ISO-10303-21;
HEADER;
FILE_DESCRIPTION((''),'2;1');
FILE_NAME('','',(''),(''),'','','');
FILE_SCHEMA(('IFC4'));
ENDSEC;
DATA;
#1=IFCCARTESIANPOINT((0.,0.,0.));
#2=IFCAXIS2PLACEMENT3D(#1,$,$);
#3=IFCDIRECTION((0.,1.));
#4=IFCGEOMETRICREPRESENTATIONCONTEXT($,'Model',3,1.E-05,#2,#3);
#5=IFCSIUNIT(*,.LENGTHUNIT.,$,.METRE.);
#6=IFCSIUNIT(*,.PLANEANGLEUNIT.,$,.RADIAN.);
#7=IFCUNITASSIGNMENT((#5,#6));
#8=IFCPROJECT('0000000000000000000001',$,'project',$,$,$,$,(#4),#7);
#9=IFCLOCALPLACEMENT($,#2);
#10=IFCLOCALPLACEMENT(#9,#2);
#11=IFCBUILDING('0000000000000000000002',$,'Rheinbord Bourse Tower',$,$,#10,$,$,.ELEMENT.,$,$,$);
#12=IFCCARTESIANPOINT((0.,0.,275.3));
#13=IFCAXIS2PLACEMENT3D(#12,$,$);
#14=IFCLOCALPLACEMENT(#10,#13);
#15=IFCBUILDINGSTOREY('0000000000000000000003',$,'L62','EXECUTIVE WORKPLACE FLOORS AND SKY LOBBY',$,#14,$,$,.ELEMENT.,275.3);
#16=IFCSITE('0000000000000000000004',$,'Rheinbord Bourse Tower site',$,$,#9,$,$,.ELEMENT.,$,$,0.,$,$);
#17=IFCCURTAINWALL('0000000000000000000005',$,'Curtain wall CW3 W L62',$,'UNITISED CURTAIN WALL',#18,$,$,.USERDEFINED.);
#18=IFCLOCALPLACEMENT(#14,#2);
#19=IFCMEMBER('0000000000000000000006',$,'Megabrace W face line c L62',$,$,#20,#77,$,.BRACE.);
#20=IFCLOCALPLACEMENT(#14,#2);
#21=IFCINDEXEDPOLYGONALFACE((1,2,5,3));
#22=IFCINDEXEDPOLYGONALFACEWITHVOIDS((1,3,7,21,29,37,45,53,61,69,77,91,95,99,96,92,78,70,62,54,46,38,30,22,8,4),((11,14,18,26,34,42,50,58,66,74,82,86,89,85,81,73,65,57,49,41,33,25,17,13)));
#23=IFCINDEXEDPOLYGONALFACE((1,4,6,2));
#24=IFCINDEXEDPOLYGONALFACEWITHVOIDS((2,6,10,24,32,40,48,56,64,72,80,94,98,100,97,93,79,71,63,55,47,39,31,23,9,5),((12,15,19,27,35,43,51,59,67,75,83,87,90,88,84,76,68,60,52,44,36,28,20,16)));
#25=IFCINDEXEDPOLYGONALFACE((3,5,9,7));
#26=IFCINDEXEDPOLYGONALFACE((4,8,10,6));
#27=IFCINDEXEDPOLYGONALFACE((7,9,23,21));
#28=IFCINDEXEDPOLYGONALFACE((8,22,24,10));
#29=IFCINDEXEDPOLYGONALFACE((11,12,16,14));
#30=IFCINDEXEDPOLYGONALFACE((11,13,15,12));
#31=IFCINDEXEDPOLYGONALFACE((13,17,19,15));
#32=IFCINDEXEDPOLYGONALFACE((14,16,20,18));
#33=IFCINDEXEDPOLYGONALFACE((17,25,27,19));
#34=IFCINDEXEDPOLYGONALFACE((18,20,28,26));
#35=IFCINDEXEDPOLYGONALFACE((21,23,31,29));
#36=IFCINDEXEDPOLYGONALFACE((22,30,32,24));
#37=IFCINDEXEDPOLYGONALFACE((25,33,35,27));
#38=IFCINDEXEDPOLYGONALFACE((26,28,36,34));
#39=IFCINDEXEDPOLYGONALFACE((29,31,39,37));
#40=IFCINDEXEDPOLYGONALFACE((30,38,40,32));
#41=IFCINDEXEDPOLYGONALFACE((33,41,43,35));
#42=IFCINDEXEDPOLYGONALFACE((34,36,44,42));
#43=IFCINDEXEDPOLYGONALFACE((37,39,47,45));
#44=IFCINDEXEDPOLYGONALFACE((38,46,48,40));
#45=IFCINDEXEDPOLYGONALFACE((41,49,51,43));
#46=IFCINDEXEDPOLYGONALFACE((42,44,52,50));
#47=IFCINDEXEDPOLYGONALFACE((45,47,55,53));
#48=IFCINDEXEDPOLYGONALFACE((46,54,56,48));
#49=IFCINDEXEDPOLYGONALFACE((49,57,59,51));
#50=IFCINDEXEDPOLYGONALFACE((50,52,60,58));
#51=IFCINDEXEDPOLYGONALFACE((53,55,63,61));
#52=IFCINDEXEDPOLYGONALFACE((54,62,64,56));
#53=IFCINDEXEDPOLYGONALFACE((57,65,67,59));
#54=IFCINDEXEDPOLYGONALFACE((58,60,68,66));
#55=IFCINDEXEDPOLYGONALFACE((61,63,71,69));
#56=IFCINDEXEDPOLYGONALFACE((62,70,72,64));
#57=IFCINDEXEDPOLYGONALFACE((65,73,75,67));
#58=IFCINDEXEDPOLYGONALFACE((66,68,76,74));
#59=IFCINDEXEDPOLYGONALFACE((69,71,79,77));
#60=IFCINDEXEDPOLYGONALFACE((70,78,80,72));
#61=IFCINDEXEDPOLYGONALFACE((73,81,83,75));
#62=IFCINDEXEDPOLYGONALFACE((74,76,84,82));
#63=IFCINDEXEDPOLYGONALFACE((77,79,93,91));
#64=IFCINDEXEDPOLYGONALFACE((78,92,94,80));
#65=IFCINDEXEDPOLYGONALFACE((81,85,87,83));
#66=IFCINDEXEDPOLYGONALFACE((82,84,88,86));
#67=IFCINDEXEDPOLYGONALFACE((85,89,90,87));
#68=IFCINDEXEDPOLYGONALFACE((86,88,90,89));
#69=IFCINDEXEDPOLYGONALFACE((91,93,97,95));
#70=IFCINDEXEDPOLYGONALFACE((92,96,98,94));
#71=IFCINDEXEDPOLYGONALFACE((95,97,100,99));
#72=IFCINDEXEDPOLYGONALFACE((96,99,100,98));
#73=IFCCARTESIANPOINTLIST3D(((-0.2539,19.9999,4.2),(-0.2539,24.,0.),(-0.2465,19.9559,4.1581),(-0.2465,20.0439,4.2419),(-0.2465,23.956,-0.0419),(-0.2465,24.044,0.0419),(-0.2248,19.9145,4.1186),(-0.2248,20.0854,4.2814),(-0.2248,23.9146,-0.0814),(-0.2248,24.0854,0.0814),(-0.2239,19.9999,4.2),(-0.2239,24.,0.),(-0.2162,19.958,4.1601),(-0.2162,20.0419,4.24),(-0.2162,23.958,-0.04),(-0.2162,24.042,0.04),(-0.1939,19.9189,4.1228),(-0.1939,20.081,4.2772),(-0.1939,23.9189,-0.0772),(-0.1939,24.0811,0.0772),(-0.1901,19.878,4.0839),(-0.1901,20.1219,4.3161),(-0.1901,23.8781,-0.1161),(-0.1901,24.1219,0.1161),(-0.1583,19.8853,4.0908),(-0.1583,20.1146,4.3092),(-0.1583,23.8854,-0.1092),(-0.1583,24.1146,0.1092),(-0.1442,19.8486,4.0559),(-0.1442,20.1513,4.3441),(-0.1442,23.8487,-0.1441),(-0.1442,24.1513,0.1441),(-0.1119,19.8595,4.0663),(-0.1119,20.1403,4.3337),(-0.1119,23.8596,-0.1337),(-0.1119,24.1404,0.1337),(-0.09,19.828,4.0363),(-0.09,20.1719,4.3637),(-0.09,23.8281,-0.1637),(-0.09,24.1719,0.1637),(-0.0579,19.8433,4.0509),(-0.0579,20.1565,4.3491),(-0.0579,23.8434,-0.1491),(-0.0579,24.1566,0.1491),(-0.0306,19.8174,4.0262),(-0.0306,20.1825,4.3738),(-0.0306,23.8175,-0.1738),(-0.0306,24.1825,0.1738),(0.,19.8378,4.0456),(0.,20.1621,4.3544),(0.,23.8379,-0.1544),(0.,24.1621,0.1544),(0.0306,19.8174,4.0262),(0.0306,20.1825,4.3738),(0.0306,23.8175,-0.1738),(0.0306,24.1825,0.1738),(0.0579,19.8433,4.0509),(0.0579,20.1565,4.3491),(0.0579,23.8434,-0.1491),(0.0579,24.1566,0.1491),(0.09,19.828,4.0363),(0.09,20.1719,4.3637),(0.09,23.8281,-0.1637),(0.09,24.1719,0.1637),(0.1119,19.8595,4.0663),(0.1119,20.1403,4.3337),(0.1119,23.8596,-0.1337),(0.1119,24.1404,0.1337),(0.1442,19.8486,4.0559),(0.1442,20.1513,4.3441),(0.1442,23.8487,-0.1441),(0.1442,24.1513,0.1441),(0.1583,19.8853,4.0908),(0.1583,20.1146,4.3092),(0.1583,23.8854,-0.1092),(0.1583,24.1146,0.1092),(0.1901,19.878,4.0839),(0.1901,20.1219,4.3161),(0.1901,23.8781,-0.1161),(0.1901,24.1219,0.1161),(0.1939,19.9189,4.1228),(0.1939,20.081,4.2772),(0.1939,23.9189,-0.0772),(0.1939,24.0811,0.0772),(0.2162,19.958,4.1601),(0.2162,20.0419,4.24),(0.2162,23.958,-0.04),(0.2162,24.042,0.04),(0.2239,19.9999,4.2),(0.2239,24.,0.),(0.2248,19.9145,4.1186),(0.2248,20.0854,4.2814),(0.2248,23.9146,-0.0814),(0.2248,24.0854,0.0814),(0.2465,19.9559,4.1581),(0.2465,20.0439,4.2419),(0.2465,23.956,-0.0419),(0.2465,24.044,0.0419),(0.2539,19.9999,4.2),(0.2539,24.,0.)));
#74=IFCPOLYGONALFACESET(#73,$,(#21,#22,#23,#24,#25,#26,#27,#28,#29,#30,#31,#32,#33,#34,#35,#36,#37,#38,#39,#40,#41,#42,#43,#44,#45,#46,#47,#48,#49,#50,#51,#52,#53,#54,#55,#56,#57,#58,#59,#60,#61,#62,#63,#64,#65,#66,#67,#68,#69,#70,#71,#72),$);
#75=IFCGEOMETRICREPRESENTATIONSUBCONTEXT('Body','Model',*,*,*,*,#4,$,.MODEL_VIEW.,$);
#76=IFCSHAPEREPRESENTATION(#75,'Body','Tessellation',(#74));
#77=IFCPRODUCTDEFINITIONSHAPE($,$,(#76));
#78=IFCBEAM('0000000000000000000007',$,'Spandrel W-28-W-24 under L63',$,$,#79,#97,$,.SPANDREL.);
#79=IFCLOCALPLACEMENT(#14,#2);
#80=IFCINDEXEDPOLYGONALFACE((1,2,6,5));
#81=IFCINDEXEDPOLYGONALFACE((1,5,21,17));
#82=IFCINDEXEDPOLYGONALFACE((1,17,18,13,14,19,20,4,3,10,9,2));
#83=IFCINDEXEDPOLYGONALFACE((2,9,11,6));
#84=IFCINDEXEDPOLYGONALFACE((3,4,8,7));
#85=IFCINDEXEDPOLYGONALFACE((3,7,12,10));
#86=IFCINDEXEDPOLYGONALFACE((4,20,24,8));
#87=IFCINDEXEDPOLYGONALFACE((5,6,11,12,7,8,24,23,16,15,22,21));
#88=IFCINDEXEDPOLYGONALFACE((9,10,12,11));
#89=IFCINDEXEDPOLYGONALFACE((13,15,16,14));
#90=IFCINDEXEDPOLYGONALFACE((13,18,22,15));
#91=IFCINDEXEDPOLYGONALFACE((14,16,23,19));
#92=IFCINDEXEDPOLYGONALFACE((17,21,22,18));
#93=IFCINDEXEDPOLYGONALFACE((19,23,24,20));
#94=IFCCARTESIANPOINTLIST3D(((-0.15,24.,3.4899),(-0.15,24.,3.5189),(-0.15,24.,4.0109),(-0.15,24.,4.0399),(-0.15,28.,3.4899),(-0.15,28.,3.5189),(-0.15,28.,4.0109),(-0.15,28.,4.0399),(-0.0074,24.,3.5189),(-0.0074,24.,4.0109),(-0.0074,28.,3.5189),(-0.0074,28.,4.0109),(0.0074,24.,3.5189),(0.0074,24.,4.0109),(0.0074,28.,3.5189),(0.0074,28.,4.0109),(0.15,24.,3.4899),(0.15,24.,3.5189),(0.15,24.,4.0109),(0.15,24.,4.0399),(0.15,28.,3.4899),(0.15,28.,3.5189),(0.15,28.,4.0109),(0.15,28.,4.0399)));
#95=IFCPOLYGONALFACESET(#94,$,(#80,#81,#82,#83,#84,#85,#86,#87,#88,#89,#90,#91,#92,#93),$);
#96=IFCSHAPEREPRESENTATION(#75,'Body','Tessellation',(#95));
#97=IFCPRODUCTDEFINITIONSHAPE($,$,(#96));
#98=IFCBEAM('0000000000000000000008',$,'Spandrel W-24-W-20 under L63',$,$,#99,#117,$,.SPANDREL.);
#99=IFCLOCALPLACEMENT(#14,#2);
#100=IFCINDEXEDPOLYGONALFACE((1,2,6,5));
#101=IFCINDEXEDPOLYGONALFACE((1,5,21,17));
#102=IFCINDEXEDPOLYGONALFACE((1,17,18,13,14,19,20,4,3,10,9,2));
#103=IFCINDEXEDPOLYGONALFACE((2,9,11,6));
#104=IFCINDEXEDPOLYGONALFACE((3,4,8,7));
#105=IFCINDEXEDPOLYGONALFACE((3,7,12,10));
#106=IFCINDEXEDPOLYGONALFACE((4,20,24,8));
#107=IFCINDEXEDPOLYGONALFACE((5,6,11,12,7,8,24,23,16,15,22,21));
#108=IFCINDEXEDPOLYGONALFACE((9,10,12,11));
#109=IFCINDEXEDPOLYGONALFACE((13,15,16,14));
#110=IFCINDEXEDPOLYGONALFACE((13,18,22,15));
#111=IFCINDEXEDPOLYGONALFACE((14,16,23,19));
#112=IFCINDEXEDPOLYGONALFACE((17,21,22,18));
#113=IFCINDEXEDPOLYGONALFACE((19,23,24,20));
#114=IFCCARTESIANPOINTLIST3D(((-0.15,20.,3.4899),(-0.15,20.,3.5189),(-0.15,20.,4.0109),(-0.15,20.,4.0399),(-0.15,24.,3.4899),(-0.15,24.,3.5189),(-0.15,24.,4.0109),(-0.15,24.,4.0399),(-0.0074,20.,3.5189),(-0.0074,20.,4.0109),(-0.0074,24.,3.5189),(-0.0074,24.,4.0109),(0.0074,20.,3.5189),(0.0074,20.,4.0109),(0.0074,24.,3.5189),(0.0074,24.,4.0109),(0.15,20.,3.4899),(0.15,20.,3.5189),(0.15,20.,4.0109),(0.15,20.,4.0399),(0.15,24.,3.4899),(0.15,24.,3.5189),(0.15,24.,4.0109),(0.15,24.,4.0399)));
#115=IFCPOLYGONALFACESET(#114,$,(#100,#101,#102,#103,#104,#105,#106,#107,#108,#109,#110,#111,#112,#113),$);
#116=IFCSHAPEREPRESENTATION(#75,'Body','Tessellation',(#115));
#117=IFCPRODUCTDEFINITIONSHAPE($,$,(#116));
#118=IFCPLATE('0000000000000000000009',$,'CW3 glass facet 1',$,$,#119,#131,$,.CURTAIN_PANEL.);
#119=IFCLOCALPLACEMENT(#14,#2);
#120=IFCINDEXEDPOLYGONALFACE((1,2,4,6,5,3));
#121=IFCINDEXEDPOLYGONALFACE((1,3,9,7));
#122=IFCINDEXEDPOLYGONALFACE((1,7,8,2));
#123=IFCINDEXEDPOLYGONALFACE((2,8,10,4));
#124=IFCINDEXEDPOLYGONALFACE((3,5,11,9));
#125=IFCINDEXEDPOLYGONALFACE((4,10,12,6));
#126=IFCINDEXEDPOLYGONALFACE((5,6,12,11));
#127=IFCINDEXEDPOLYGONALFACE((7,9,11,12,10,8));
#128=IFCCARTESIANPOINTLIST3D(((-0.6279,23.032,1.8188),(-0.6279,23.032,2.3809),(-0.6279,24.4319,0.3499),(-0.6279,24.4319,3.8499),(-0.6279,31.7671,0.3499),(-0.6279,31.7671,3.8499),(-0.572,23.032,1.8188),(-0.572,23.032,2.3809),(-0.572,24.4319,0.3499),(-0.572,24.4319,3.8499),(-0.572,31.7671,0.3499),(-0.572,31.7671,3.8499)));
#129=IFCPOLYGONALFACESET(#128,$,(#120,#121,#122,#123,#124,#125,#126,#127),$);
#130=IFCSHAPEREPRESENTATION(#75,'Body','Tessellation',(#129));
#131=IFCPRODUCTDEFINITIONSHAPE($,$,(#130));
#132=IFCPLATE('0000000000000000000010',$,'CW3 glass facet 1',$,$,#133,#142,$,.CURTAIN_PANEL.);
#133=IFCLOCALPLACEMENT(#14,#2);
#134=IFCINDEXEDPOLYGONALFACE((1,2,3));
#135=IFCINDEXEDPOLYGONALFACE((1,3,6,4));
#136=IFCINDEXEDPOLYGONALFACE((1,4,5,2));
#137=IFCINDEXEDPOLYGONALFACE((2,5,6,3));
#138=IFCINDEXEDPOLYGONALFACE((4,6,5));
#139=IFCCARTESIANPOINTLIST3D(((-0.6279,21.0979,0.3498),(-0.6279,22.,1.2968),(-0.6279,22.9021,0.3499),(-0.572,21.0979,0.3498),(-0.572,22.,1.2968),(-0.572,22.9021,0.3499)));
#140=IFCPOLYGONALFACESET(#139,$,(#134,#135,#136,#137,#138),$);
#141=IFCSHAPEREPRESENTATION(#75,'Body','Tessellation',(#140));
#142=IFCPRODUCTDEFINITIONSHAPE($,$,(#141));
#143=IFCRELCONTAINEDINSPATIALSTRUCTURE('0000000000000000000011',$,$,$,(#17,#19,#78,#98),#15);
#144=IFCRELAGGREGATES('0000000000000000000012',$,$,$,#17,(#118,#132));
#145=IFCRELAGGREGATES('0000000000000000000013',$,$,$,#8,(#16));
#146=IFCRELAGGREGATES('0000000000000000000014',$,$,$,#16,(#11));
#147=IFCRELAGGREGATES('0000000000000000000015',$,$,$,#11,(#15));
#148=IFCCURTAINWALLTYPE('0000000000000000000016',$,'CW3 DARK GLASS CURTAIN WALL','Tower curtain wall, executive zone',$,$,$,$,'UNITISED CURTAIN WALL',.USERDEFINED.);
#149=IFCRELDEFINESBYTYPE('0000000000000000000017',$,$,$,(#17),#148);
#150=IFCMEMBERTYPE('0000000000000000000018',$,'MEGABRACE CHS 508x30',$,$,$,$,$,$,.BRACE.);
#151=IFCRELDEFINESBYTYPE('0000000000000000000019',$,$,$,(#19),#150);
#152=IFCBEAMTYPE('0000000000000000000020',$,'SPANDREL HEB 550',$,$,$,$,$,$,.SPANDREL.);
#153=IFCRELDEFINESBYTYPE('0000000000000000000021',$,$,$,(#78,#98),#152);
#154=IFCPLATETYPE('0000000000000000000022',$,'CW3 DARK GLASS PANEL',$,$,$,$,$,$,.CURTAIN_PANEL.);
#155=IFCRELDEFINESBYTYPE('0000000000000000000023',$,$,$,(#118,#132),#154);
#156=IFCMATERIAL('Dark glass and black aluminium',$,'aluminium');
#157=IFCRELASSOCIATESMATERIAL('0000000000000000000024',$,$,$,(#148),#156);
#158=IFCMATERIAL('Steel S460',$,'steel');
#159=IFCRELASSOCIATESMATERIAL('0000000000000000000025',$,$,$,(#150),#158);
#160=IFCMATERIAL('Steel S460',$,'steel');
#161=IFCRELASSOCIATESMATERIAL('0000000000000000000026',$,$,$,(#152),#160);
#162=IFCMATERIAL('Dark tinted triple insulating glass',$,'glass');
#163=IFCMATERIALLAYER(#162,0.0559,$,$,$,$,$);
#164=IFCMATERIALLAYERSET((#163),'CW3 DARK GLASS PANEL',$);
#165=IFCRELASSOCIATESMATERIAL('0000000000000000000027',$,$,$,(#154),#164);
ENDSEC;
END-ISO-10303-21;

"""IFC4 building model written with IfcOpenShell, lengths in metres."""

from ifc_helpers import new_model, si_unit, direction, frame, origin, origin_2d, place, context, subcontext, project, spatial, polyline, hollow_circle, i_section, outline, extrude, material, layer, layer_set, material_profile, profile_set, type_object, element, aggregate, save


model = new_model("IFC4")

# Units and contexts
model_context = context("Model", 3, precision=1e-05, world=origin(), true_north=direction((0.0, 1.0)))
body_context = subcontext(model_context, "Body", "Model", "MODEL_VIEW")
ifc_project = project(units=[si_unit("LENGTHUNIT", "METRE"), si_unit("PLANEANGLEUNIT", "RADIAN")], contexts=[model_context])

# Site, building, storey
site_placement = place(None, origin())
site = spatial("IfcSite", under=ifc_project, at=site_placement, Name="Rheinbord Bourse Tower site", CompositionType="ELEMENT", RefElevation=0.0)
building_placement = place(site_placement, origin())
building = spatial("IfcBuilding", under=site, at=building_placement, Name="Rheinbord Bourse Tower", CompositionType="ELEMENT")
storey_placement = place(building_placement, frame((0.0, 0.0, 275.3)))
storey = spatial("IfcBuildingStorey", under=building, at=storey_placement, Name="L62", Description="EXECUTIVE WORKPLACE FLOORS AND SKY LOBBY", CompositionType="ELEMENT", Elevation=275.3)

# Curtain wall
ifc_material_1 = material(Name="Dark glass and black aluminium", Category="aluminium")
curtain_wall_type = type_object("IfcCurtainWallType", Name="CW3 DARK GLASS CURTAIN WALL", Description="Tower curtain wall, executive zone", ElementType="UNITISED CURTAIN WALL", PredefinedType="USERDEFINED", material=ifc_material_1)
curtain_wall_placement = place(storey_placement, origin())
curtain_wall = element("IfcCurtainWall", 1, at=curtain_wall_placement, inside=storey, type_object=curtain_wall_type, Name="Curtain wall CW3 W L62", ObjectType="UNITISED CURTAIN WALL", PredefinedType="USERDEFINED")

# Member
ifc_material_2 = material(Name="Steel S460", Category="steel")
ifc_material_profile_1 = material_profile(ifc_material_2, hollow_circle(Radius=0.2539, WallThickness=0.03, at=origin_2d()), Name="CHS 508x30")
ifc_profile_set_1 = profile_set([ifc_material_profile_1], Name="Steel S460")
member_type_1 = type_object("IfcMemberType", Name="MEGABRACE CHS 508x30", PredefinedType="BRACE", material=ifc_profile_set_1)
member_1_placement = place(storey_placement, frame((0.0, 24.0, 0.0), z_axis=(0.0, -0.689659, 0.724134), x_axis=(1.0, 0.0, 0.0)))
element("IfcMember", 2, at=member_1_placement, inside=storey, type_object=member_type_1, Name="Megabrace W face line c L62", PredefinedType="BRACE", context=body_context, shape_type="SweptSolid", body=[
    extrude(hollow_circle(Radius=0.2539, WallThickness=0.03, at=origin_2d()), origin(), (0.0, 0.0, 1.0), 5.8),
])

# Beams
ifc_material_3 = material(Name="Steel S460", Category="steel")
ifc_material_profile_2 = material_profile(ifc_material_3, i_section(OverallWidth=0.3, OverallDepth=0.55, WebThickness=0.0149, FlangeThickness=0.0291, at=origin_2d()), Name="HEB 550")
ifc_profile_set_2 = profile_set([ifc_material_profile_2], Name="Steel S460")
beam_type_1 = type_object("IfcBeamType", Name="SPANDREL HEB 550", PredefinedType="SPANDREL", material=ifc_profile_set_2)
for number, where, z_axis, x_axis, name in (
    (3, (0.0, 28.0, 3.7649), (0.0, -1.0, 0.0), (1.0, 0.0, 0.0), "Spandrel W-28-W-24 under L63"),
    (4, (0.0, 24.0, 3.7649), (0.0, -1.0, 0.0), (1.0, 0.0, 0.0), "Spandrel W-24-W-20 under L63"),
):
    element("IfcBeam", number, at=place(storey_placement, frame(where, z_axis=z_axis, x_axis=x_axis)), inside=storey, type_object=beam_type_1, Name=name, PredefinedType="SPANDREL", context=body_context, shape_type="SweptSolid", body=[
        extrude(i_section(OverallWidth=0.3, OverallDepth=0.55, WebThickness=0.0149, FlangeThickness=0.0291, at=origin_2d()), origin(), (0.0, 0.0, 1.0), 4.0),
    ])

# Plates
ifc_material_4 = material(Name="Dark tinted triple insulating glass", Category="glass")
ifc_layer = layer(ifc_material_4, 0.0559)
ifc_layer_set = layer_set([ifc_layer], Name="CW3 DARK GLASS PANEL")
plate_type = type_object("IfcPlateType", Name="CW3 DARK GLASS PANEL", PredefinedType="CURTAIN_PANEL", material=ifc_layer_set)
plate_1_placement = place(storey_placement, frame((-0.6279, 31.7671, 0.3499), z_axis=(1.0, 0.0, 0.0), x_axis=(0.0, 0.0, 1.0)))
plate_1 = element("IfcPlate", 5, at=plate_1_placement, type_object=plate_type, Name="CW3 glass facet 1", PredefinedType="CURTAIN_PANEL", context=body_context, shape_type="SweptSolid", body=[
    extrude(outline(polyline([(0.0, 0.0), (3.5, 0.0), (3.5, 7.3352), (2.031, 8.7351), (1.469, 8.7351), (0.0, 7.3352), (0.0, 0.0)])), origin(), (0.0, 0.0, 1.0), 0.0559),
])
plate_2_placement = place(storey_placement, frame((-0.6279, 22.9021, 0.3499), z_axis=(1.0, 0.0, 0.0), x_axis=(0.0, -0.689725, 0.724071)))
plate_2 = element("IfcPlate", 6, at=plate_2_placement, type_object=plate_type, Name="CW3 glass facet 1", PredefinedType="CURTAIN_PANEL", context=body_context, shape_type="SweptSolid", body=[
    extrude(outline(polyline([(0.0, 0.0), (1.3079, 0.0), (1.2444, 1.3064), (0.0, 0.0)])), origin(), (0.0, 0.0, 1.0), 0.0559),
])
aggregate(curtain_wall, [plate_1, plate_2])

save(model, "model.ifc")
